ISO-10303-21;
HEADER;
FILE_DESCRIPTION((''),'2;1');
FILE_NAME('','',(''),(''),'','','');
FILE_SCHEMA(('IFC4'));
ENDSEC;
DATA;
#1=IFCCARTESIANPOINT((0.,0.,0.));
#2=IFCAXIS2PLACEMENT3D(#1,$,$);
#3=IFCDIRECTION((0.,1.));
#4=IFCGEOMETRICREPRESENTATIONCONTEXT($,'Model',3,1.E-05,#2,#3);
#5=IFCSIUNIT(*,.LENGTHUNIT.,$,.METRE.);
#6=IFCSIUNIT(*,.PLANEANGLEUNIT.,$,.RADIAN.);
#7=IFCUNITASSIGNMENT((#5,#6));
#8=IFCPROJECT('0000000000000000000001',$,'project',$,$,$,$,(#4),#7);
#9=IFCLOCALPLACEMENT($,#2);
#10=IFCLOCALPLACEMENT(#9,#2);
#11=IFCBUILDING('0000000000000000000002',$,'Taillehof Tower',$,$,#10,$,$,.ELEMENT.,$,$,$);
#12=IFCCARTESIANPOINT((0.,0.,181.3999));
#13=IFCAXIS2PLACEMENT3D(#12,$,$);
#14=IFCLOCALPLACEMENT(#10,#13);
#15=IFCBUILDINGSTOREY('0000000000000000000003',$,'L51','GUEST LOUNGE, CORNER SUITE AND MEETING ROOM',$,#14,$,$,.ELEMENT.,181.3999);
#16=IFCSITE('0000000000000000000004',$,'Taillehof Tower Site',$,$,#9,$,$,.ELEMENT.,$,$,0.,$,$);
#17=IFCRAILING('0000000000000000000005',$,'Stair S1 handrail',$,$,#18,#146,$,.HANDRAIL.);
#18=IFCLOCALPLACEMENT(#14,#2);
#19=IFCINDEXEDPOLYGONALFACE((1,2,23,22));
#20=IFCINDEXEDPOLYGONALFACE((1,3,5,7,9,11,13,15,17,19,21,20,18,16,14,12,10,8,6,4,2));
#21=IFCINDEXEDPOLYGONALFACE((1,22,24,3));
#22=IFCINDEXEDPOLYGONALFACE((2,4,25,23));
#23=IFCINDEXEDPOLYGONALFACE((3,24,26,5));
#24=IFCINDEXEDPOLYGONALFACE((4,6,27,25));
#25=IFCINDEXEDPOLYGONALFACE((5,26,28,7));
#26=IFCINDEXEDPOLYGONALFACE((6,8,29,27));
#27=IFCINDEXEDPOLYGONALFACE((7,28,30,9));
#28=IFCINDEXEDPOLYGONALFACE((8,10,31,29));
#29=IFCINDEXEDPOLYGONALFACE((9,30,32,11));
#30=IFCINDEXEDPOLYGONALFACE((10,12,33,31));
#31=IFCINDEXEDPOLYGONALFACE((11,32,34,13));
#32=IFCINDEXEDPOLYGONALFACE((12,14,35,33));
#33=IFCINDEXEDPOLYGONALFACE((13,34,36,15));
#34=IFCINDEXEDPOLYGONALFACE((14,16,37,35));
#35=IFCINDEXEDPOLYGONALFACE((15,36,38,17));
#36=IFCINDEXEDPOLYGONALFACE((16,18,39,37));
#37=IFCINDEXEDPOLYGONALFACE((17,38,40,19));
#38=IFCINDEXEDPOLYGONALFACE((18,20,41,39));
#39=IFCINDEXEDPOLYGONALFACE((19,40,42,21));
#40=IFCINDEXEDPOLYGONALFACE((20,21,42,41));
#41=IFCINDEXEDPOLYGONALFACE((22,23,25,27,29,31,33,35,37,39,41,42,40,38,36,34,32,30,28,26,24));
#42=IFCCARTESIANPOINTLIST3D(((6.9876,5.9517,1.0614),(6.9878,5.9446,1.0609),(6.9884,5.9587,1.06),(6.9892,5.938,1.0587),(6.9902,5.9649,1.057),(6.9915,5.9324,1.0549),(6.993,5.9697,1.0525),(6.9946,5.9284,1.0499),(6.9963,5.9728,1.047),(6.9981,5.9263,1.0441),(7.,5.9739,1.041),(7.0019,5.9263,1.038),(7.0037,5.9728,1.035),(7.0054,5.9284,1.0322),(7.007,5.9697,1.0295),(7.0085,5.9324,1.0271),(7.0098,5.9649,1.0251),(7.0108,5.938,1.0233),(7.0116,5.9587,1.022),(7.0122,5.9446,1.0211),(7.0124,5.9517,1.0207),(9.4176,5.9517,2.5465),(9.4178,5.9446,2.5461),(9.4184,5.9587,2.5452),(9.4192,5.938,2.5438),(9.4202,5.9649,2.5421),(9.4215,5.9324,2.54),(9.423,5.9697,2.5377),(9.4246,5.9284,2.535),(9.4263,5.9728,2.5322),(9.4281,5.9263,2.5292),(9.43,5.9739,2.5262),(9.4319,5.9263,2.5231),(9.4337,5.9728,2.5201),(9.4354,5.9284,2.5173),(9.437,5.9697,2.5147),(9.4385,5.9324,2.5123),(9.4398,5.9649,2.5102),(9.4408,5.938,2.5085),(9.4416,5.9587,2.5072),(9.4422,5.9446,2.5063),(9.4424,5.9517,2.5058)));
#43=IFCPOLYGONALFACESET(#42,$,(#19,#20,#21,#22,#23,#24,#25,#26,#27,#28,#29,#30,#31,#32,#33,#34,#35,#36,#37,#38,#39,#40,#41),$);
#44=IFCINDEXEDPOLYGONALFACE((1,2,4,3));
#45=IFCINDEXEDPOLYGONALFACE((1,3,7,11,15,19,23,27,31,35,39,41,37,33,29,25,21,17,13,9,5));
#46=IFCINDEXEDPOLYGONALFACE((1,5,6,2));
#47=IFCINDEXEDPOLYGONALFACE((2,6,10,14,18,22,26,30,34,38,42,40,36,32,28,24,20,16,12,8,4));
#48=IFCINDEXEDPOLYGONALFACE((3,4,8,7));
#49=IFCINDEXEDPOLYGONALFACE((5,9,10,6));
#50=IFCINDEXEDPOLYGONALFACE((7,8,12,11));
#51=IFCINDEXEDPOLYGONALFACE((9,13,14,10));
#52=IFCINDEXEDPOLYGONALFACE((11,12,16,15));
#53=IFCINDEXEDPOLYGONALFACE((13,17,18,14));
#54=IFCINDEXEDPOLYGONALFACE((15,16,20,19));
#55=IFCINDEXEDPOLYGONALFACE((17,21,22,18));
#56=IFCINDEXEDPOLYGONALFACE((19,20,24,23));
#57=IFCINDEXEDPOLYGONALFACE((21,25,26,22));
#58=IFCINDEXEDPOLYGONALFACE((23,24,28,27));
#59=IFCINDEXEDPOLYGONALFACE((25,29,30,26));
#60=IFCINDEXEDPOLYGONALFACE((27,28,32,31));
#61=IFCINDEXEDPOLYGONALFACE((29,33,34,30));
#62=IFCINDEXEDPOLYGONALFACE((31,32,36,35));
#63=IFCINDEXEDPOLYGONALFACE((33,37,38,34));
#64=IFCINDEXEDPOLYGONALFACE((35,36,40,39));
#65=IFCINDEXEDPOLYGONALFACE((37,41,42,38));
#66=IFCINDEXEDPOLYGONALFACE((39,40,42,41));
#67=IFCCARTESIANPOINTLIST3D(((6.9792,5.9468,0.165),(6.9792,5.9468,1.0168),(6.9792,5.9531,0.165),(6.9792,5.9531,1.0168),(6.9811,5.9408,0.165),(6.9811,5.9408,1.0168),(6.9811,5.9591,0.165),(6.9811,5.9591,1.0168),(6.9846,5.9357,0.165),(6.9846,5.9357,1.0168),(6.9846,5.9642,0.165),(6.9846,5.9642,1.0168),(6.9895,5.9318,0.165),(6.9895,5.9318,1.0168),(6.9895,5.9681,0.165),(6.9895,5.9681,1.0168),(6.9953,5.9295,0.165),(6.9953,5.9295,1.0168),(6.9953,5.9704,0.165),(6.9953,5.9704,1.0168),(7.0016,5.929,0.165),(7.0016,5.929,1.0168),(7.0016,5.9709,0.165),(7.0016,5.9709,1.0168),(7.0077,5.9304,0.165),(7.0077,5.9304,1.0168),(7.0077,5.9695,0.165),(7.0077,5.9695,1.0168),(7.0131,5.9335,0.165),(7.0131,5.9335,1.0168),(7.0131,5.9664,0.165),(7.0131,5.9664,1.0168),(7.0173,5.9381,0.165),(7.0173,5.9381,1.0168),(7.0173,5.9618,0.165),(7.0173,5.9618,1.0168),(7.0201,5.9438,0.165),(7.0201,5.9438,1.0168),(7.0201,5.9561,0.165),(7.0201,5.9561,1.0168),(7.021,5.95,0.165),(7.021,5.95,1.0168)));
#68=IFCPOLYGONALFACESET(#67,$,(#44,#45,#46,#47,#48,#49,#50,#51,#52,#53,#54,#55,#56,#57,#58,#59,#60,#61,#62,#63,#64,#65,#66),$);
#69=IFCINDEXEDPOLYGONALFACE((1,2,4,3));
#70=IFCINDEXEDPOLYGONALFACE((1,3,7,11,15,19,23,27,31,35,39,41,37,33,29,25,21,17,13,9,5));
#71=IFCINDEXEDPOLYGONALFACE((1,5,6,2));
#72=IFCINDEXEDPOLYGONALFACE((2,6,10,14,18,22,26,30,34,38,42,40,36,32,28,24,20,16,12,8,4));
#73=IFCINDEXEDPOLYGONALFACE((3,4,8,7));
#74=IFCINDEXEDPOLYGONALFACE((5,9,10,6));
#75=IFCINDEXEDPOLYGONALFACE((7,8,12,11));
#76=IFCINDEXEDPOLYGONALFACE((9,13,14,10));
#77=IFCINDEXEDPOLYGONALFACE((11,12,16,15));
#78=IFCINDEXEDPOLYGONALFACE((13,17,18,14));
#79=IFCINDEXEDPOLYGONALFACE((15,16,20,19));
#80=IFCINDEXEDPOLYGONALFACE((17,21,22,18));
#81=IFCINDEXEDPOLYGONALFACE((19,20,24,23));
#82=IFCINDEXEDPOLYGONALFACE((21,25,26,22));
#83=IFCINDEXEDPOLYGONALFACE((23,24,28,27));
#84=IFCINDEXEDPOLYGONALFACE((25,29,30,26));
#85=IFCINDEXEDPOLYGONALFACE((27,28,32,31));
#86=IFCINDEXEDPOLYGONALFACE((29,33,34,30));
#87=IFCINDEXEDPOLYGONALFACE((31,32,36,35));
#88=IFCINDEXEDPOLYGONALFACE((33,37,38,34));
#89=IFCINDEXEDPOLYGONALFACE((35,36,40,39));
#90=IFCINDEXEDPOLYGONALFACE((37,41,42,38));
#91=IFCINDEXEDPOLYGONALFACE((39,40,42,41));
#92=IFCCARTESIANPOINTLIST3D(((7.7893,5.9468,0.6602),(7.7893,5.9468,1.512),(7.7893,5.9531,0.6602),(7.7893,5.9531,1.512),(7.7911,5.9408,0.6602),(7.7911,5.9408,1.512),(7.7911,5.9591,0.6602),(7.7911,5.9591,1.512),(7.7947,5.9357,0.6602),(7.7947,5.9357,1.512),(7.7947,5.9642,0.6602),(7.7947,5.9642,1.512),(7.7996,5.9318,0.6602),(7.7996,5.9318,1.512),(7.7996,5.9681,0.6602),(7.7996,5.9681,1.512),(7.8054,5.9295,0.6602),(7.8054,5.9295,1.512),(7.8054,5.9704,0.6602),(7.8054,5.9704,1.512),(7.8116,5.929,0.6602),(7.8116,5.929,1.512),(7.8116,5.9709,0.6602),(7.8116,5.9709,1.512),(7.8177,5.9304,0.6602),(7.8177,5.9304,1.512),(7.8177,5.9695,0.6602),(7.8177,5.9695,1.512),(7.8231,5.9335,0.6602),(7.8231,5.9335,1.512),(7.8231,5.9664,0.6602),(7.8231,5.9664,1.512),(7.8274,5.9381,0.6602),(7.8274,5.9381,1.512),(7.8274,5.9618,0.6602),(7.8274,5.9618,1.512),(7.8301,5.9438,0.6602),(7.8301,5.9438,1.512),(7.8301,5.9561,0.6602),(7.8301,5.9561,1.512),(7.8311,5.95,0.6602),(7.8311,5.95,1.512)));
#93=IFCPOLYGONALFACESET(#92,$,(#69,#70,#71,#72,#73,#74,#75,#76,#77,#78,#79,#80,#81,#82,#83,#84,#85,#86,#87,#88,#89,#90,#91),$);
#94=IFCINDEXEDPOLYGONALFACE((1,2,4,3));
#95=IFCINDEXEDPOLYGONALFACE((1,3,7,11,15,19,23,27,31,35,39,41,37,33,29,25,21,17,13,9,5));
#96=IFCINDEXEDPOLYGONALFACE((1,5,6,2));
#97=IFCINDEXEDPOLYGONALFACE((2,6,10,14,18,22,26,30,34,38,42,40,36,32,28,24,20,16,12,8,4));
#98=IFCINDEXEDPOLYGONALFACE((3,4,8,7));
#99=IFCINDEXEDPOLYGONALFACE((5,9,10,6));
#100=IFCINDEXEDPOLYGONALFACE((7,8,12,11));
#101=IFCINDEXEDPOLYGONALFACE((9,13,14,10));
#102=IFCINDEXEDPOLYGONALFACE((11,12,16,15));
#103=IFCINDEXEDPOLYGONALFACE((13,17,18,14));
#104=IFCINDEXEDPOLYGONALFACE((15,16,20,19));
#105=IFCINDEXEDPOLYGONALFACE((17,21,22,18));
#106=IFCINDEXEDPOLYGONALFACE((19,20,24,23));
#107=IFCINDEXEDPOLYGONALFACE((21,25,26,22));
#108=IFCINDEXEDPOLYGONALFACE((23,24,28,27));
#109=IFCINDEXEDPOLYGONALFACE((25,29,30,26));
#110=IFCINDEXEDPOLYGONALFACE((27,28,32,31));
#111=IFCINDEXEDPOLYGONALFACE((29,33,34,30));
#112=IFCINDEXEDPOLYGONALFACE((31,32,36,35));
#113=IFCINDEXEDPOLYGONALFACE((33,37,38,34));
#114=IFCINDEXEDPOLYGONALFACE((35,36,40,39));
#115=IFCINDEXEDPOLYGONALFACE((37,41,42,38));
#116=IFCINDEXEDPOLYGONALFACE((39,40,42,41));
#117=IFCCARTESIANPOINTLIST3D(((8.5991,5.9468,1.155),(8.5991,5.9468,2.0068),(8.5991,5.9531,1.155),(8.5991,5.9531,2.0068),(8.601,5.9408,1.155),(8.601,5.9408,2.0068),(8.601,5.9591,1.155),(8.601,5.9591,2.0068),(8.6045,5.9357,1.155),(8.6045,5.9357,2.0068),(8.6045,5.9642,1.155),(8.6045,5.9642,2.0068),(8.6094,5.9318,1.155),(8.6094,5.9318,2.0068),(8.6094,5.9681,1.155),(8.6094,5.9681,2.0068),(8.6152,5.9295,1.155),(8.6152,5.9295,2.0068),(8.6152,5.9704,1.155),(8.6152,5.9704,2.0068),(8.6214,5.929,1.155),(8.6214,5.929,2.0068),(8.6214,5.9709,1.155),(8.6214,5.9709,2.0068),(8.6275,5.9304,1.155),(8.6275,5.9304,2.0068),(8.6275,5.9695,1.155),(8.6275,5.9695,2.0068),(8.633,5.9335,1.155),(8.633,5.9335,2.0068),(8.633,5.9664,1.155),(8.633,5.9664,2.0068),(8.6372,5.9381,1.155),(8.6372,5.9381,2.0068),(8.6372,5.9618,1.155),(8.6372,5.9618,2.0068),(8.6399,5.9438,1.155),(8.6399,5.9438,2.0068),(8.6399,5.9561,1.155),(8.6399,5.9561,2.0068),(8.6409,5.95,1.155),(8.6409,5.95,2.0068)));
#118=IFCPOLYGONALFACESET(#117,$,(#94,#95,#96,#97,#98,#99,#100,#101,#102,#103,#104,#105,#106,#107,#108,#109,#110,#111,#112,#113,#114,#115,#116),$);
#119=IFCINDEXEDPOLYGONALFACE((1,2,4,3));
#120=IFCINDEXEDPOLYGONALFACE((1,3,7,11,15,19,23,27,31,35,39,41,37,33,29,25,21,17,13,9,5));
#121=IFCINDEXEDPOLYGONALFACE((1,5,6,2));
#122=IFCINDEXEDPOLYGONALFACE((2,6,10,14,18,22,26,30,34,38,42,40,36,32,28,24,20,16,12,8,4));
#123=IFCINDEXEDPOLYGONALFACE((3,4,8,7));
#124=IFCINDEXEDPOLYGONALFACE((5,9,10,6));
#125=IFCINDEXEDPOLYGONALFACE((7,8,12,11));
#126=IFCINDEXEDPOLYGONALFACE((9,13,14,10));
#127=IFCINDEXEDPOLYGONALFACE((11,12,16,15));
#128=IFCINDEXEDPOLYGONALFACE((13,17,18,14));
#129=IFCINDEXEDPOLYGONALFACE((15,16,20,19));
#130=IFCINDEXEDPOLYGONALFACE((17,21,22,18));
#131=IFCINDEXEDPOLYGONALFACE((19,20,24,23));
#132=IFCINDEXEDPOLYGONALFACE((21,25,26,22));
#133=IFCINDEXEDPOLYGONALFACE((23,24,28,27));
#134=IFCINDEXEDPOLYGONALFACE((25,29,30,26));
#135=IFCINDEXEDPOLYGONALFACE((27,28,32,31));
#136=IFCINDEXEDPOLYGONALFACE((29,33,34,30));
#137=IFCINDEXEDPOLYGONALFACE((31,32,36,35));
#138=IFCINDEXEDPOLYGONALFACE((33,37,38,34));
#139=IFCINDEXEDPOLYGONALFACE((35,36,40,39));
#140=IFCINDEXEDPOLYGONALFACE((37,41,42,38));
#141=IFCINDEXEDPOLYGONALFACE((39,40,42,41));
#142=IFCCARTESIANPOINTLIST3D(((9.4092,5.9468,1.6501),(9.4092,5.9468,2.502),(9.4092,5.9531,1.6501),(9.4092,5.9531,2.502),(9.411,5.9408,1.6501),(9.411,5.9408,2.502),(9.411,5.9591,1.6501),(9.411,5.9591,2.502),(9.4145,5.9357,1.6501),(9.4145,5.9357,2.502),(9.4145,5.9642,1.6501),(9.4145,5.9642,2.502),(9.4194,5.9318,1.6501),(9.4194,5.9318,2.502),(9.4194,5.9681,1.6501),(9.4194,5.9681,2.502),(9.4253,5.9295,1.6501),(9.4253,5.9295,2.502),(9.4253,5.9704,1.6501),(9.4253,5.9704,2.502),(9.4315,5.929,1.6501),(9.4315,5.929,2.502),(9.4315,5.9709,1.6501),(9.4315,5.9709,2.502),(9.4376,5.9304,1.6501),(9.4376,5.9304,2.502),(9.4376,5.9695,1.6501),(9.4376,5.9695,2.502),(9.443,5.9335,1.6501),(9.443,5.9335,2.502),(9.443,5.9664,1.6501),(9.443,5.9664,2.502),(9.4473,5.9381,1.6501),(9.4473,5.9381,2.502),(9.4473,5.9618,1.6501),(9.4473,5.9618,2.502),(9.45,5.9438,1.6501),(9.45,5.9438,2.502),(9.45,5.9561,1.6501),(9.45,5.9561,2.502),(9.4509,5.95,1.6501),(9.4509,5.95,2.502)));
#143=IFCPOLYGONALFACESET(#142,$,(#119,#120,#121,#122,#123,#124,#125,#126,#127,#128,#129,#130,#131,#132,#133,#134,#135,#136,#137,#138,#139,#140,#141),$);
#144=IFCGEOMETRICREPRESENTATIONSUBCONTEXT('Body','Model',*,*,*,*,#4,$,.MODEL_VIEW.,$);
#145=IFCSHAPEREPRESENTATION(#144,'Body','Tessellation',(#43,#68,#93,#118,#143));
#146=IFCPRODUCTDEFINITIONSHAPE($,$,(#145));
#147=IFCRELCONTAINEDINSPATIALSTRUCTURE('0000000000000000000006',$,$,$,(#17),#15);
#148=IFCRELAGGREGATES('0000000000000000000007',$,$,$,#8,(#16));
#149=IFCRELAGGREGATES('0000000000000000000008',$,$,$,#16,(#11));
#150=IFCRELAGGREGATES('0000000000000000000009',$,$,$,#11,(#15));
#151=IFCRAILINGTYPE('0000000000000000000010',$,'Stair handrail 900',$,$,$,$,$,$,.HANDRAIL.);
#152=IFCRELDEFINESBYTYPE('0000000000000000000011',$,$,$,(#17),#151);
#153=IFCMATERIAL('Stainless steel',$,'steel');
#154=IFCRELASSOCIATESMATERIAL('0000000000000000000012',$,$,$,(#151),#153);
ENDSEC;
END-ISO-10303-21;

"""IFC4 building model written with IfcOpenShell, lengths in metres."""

from ifc_helpers import new_model, si_unit, direction, frame, origin, origin_2d, place, context, subcontext, project, spatial, circle, extrude, material, type_object, element, save


model = new_model("IFC4")

# Units and contexts
model_context = context("Model", 3, precision=1e-05, world=origin(), true_north=direction((0.0, 1.0)))
body_context = subcontext(model_context, "Body", "Model", "MODEL_VIEW")
ifc_project = project(units=[si_unit("LENGTHUNIT", "METRE"), si_unit("PLANEANGLEUNIT", "RADIAN")], contexts=[model_context])

# Site, building, storey
site_placement = place(None, origin())
site = spatial("IfcSite", under=ifc_project, at=site_placement, Name="Taillehof Tower Site", CompositionType="ELEMENT", RefElevation=0.0)
building_placement = place(site_placement, origin())
building = spatial("IfcBuilding", under=site, at=building_placement, Name="Taillehof Tower", CompositionType="ELEMENT")
storey_placement = place(building_placement, frame((0.0, 0.0, 181.3999)))
storey = spatial("IfcBuildingStorey", under=building, at=storey_placement, Name="L51", Description="GUEST LOUNGE, CORNER SUITE AND MEETING ROOM", CompositionType="ELEMENT", Elevation=181.3999)

# Railing
ifc_material_1 = material(Name="Stainless steel", Category="steel")
railing_type = type_object("IfcRailingType", Name="Stair handrail 900", PredefinedType="HANDRAIL", material=ifc_material_1)
railing_placement = place(storey_placement, frame((7.0, 5.95, 0.165)))
element("IfcRailing", 1, at=railing_placement, inside=storey, type_object=railing_type, Name="Stair S1 handrail", PredefinedType="HANDRAIL", context=body_context, shape_type="SweptSolid", body=[
    extrude(circle(Radius=0.0239, at=origin_2d()), frame((0.0, 0.0, 0.876), z_axis=(0.853259, 0.0, 0.521488), x_axis=(0.0, 1.0, 0.0)), (0.0, 0.0, 1.0), 2.8479),
    extrude(circle(Radius=0.021, at=origin_2d()), origin(), (0.0, 0.0, 1.0), 0.8518),
    extrude(circle(Radius=0.021, at=origin_2d()), frame((0.8101, 0.0, 0.4951)), (0.0, 0.0, 1.0), 0.8518),
    extrude(circle(Radius=0.021, at=origin_2d()), frame((1.6199, 0.0, 0.99)), (0.0, 0.0, 1.0), 0.8518),
    extrude(circle(Radius=0.021, at=origin_2d()), frame((2.4299, 0.0, 1.4851)), (0.0, 0.0, 1.0), 0.8518),
])

save(model, "model.ifc")
